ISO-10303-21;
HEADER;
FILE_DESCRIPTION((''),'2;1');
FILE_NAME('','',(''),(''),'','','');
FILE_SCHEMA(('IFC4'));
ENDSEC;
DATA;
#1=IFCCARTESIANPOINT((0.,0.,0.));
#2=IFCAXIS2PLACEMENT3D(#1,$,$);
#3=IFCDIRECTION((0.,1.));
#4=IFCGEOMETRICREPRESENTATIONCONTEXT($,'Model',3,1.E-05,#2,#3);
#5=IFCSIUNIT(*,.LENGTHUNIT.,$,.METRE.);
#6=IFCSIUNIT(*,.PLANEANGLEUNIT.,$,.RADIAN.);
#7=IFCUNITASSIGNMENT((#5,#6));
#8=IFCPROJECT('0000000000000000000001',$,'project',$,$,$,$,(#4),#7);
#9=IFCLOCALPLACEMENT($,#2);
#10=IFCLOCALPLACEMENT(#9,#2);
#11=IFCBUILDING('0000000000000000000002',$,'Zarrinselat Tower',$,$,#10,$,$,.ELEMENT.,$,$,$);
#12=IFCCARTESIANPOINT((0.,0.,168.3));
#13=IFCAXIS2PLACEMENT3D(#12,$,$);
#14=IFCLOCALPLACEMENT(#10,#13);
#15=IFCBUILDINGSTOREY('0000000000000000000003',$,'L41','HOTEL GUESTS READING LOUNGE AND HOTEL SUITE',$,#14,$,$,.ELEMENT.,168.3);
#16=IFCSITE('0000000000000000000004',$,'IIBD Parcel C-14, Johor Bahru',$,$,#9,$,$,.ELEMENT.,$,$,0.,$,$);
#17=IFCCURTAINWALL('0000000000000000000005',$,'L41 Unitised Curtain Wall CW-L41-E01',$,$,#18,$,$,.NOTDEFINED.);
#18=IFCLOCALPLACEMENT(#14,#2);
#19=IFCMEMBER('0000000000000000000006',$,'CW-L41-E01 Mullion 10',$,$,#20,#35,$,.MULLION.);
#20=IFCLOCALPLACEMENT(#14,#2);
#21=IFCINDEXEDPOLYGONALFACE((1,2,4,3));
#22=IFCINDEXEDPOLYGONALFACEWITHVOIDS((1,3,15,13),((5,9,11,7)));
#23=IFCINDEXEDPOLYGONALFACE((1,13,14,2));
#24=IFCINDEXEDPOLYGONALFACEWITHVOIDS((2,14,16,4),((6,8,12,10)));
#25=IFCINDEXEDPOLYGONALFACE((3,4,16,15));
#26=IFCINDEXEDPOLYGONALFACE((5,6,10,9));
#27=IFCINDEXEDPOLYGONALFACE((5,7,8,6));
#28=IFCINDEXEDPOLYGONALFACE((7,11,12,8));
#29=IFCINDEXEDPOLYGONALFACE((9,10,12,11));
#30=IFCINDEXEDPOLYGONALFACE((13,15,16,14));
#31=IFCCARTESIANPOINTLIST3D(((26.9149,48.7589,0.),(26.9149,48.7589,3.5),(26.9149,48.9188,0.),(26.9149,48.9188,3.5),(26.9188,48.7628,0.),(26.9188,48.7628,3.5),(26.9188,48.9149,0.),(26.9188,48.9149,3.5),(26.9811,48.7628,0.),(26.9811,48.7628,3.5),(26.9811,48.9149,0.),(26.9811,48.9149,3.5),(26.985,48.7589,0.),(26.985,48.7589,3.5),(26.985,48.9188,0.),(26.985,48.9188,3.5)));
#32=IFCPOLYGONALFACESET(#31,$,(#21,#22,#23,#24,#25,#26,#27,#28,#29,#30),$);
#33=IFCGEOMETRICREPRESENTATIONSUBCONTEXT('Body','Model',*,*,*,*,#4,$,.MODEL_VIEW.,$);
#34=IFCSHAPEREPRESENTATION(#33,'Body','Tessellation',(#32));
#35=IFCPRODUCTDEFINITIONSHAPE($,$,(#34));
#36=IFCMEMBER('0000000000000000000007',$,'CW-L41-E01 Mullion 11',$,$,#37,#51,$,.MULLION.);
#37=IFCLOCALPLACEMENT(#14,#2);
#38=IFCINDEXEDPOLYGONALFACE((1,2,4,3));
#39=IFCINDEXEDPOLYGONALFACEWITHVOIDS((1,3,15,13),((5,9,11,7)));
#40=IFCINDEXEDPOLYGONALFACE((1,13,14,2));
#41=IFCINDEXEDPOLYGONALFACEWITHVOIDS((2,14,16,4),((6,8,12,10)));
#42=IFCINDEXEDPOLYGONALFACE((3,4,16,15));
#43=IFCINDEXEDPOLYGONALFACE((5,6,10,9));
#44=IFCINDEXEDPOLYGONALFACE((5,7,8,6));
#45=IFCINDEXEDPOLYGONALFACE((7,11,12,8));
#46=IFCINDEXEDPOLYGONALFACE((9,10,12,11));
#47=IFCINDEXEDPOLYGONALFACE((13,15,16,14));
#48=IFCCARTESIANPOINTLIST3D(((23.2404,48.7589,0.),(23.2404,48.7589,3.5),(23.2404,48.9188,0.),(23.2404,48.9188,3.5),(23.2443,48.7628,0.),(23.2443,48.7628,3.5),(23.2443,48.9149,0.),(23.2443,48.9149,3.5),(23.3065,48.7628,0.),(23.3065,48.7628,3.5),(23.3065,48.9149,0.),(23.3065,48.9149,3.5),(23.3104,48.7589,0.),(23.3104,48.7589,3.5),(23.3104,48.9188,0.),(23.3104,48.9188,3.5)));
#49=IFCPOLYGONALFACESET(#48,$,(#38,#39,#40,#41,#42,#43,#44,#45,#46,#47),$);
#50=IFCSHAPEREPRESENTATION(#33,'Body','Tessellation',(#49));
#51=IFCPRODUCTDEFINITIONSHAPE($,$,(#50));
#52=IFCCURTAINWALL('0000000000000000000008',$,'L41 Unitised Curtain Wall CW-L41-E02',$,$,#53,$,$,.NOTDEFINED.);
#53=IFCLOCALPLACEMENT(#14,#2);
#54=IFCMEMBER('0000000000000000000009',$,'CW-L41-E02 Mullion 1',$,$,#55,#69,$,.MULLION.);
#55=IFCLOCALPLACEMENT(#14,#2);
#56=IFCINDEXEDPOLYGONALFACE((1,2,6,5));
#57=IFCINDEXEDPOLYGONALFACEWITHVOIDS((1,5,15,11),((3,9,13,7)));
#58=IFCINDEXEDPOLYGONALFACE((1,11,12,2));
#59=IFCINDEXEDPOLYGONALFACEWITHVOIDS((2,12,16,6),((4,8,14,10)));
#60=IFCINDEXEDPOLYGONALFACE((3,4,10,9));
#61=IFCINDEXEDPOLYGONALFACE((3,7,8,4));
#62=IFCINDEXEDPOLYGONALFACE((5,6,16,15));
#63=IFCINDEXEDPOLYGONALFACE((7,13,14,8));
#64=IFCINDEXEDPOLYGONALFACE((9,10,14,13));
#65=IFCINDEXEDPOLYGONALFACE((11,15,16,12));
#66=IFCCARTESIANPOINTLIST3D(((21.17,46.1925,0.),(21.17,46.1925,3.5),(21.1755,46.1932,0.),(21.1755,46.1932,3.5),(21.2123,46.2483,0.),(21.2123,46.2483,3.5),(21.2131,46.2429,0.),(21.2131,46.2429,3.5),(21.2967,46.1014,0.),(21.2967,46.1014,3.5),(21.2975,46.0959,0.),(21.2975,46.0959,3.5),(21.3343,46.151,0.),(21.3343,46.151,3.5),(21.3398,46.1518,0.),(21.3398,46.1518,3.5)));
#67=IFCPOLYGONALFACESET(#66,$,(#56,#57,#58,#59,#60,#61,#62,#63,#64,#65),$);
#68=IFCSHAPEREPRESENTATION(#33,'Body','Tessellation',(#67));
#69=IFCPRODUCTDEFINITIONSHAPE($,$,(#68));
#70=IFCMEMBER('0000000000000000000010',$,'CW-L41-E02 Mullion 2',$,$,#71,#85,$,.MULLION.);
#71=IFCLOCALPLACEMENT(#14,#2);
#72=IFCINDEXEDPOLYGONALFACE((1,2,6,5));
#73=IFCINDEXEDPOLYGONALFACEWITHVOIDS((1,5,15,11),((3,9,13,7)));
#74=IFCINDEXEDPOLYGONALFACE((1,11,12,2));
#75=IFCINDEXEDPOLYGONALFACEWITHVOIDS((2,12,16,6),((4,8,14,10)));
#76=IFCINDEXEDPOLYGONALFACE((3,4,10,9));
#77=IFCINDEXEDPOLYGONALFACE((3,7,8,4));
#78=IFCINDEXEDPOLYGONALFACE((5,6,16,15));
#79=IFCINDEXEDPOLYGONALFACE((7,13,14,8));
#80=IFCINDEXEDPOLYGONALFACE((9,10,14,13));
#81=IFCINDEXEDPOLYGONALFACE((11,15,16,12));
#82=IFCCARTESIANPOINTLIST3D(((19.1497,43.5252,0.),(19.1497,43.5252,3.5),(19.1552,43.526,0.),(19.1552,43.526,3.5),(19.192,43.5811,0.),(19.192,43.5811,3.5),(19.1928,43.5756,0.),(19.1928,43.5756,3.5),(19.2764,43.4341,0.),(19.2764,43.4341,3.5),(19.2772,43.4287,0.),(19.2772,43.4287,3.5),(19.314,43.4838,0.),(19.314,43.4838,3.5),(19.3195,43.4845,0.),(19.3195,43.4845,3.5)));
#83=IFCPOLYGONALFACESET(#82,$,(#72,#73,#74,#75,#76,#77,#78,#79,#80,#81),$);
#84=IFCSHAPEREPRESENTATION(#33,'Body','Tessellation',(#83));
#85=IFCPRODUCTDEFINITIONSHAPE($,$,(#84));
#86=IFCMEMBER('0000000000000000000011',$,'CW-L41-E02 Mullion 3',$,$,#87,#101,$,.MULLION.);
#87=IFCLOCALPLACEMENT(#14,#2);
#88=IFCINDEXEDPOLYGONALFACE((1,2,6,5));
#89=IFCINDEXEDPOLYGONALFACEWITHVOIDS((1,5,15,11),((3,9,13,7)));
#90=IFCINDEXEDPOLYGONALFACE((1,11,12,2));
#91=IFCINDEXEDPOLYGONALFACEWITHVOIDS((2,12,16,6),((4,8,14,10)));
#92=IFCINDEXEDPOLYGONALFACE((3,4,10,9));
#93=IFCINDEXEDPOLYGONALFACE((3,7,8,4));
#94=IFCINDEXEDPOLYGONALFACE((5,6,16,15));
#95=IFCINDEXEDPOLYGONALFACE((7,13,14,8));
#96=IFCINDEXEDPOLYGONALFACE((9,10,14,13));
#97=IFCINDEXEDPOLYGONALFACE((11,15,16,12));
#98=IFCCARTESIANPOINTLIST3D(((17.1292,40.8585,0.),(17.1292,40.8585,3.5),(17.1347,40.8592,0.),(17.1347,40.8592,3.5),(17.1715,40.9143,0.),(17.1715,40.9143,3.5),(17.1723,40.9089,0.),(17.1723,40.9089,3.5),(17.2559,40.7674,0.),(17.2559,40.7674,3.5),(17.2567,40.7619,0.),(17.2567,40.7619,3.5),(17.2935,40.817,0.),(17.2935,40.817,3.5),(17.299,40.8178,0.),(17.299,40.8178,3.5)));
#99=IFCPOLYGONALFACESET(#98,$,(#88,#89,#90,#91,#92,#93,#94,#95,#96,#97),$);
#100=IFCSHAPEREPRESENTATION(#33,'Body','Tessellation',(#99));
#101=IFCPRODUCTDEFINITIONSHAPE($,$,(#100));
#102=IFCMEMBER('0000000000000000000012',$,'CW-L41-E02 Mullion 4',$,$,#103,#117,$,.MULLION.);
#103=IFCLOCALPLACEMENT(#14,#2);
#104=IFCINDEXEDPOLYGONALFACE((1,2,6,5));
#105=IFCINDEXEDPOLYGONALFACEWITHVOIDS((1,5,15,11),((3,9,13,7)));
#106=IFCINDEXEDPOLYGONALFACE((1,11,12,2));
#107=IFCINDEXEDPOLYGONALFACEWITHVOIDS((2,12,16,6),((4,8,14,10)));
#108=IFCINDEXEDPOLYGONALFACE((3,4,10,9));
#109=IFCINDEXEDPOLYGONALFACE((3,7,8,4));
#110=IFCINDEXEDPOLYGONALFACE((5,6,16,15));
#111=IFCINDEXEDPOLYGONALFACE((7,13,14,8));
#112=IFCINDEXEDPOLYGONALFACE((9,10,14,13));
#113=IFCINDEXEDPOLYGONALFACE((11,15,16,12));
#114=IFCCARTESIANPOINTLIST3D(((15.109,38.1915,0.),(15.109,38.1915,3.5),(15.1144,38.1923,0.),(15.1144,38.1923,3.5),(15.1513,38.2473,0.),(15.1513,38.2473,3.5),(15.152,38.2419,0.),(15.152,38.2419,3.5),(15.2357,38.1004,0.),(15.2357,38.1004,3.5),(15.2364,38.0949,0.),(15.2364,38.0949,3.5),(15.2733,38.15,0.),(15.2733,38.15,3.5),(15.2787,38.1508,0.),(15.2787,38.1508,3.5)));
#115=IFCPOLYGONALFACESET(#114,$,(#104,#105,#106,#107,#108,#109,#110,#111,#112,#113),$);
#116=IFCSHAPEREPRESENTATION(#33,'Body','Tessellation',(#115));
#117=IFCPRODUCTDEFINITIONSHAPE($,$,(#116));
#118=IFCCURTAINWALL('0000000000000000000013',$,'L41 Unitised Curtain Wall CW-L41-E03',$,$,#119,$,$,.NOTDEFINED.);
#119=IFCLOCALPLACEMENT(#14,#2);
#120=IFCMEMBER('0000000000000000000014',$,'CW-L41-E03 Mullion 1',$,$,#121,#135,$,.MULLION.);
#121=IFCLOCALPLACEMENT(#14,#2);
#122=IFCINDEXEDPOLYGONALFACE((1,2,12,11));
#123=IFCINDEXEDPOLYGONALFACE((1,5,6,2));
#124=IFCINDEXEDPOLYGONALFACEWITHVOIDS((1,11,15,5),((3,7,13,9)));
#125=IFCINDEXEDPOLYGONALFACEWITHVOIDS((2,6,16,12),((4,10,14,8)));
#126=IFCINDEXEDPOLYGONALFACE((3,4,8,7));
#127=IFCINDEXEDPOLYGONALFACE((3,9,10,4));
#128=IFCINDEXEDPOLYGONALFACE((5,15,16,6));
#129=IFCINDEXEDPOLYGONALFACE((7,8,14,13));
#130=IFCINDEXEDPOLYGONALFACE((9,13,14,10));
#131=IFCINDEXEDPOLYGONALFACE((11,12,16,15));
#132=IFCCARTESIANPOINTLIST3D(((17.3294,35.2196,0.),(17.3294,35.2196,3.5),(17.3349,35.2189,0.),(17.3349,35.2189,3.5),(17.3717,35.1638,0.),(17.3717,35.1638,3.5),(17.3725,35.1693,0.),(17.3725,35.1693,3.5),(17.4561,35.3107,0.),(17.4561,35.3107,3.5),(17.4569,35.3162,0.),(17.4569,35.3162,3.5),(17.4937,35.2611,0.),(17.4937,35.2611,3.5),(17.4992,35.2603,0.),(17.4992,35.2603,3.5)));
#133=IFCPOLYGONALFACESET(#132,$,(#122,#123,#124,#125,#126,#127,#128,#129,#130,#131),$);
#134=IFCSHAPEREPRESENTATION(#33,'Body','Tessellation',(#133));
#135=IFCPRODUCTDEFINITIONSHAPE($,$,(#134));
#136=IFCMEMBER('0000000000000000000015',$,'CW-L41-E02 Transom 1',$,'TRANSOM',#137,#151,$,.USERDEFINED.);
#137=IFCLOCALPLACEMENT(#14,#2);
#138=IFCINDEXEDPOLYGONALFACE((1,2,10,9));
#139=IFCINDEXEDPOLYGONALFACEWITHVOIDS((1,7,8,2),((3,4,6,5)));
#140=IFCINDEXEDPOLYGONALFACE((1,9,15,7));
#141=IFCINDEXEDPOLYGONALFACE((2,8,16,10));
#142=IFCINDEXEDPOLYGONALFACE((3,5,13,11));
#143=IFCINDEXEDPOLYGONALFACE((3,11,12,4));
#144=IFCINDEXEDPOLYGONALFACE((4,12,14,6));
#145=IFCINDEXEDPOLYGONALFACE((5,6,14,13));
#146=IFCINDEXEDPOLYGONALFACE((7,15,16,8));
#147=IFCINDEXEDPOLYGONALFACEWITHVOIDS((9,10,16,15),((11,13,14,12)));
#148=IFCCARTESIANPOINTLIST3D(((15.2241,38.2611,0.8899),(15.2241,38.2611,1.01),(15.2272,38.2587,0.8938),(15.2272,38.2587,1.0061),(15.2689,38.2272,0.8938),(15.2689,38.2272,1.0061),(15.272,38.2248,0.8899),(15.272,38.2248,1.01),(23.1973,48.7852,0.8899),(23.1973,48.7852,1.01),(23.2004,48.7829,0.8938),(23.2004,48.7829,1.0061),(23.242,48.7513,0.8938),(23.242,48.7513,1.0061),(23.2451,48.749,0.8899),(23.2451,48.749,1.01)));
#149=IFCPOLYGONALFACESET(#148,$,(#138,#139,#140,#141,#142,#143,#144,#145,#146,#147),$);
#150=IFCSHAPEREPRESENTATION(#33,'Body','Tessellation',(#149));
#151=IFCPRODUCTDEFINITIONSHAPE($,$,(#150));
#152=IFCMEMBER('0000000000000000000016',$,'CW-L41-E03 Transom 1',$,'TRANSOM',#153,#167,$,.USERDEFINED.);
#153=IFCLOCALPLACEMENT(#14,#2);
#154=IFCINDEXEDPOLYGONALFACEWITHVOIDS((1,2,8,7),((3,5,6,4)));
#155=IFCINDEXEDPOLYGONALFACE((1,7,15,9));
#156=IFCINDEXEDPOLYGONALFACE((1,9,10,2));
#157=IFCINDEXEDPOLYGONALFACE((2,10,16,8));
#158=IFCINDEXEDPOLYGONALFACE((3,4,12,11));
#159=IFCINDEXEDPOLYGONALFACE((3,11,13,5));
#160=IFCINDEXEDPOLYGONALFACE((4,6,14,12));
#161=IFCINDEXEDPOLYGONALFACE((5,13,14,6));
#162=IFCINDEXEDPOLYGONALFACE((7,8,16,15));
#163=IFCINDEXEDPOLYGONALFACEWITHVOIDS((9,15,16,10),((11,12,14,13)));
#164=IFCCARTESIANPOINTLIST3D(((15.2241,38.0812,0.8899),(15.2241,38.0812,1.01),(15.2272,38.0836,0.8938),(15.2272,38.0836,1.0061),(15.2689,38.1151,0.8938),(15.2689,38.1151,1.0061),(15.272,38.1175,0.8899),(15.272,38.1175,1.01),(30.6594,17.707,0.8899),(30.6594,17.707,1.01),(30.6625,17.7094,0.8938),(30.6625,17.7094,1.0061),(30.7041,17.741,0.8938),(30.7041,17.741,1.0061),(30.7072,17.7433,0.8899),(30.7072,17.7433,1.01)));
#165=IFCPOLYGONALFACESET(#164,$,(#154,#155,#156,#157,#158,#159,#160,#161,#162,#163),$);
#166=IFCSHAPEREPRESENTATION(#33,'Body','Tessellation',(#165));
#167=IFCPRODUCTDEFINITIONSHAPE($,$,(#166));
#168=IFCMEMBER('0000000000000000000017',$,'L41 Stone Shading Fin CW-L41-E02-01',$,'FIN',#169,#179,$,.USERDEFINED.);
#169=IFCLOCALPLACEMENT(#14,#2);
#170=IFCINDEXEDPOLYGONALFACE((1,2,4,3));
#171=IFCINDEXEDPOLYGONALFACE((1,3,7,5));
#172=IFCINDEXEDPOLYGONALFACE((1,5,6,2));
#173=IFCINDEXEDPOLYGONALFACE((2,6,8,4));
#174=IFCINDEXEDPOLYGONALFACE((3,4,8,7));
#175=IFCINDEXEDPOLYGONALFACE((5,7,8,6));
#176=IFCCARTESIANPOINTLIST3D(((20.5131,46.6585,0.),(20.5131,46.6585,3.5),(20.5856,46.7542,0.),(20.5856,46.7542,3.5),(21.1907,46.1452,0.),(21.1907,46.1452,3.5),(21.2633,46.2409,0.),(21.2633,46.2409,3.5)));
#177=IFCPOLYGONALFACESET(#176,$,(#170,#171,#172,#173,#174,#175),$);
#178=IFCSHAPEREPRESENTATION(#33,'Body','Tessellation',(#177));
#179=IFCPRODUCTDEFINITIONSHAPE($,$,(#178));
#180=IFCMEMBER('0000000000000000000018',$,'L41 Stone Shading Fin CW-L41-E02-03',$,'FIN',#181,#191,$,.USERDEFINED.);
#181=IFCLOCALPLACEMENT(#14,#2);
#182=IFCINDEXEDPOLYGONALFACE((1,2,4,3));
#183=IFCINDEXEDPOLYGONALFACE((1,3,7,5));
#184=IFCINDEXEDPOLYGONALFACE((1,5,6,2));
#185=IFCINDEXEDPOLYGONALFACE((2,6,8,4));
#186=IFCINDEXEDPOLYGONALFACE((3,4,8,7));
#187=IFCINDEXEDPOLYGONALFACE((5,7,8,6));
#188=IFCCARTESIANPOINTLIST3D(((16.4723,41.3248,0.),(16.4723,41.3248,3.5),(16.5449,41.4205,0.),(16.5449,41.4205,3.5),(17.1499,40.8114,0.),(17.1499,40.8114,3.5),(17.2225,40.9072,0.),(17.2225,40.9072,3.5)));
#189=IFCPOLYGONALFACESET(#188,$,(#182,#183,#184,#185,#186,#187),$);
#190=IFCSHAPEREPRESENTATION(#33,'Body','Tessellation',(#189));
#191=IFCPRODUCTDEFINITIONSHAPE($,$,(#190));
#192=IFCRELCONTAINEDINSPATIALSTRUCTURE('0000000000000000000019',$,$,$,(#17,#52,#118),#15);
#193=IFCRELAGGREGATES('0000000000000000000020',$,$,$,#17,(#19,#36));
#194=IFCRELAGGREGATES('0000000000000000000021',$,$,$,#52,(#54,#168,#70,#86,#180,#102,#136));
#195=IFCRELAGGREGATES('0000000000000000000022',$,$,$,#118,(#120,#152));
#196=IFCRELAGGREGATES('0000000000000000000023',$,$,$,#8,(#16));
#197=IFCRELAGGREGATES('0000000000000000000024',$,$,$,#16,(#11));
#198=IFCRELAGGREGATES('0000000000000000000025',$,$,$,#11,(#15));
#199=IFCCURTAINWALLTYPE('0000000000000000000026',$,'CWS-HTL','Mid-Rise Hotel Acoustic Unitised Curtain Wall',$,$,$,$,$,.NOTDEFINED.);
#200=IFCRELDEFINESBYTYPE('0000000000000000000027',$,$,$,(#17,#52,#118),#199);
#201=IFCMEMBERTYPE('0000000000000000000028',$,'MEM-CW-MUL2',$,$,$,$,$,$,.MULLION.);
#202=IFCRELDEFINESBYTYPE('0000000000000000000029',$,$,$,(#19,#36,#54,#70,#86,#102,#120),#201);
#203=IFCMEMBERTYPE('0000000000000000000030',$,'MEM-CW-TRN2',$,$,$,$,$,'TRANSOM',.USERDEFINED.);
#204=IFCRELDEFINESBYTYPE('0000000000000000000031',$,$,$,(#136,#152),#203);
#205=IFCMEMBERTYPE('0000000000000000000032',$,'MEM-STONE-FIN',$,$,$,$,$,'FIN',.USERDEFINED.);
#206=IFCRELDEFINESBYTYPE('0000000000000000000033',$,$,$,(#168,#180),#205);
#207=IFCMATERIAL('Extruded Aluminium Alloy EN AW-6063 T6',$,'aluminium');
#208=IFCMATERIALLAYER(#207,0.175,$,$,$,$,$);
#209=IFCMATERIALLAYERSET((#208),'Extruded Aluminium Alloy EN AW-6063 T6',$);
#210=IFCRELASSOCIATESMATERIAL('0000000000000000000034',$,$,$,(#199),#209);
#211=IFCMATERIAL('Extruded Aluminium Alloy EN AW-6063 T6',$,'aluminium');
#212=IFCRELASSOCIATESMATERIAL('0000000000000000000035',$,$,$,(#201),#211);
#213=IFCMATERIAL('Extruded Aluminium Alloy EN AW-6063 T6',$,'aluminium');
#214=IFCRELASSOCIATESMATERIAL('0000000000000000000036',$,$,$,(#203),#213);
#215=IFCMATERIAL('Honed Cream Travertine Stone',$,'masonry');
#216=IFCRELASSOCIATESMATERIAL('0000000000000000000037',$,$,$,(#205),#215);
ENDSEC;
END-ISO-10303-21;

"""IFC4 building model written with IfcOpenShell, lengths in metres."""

from ifc_helpers import new_model, si_unit, direction, frame, origin, origin_2d, place, context, subcontext, project, spatial, rectangle, hollow_rectangle, extrude, material, layer, layer_set, material_profile, profile_set, type_object, element, aggregate, save


model = new_model("IFC4")

# Units and contexts
model_context = context("Model", 3, precision=1e-05, world=origin(), true_north=direction((0.0, 1.0)))
body_context = subcontext(model_context, "Body", "Model", "MODEL_VIEW")
ifc_project = project(units=[si_unit("LENGTHUNIT", "METRE"), si_unit("PLANEANGLEUNIT", "RADIAN")], contexts=[model_context])

# Site, building, storey
site_placement = place(None, origin())
site = spatial("IfcSite", under=ifc_project, at=site_placement, Name="IIBD Parcel C-14, Johor Bahru", CompositionType="ELEMENT", RefElevation=0.0)
building_placement = place(site_placement, origin())
building = spatial("IfcBuilding", under=site, at=building_placement, Name="Zarrinselat Tower", CompositionType="ELEMENT")
storey_placement = place(building_placement, frame((0.0, 0.0, 168.3)))
storey = spatial("IfcBuildingStorey", under=building, at=storey_placement, Name="L41", Description="HOTEL GUESTS READING LOUNGE AND HOTEL SUITE", CompositionType="ELEMENT", Elevation=168.3)

# Curtain walls, members
ifc_material_1 = material(Name="Extruded Aluminium Alloy EN AW-6063 T6", Category="aluminium")
ifc_layer_1 = layer(ifc_material_1, 0.175)
ifc_layer_set_1 = layer_set([ifc_layer_1], Name="Extruded Aluminium Alloy EN AW-6063 T6")
curtain_wall_type = type_object("IfcCurtainWallType", Name="CWS-HTL", Description="Mid-Rise Hotel Acoustic Unitised Curtain Wall", PredefinedType="NOTDEFINED", material=ifc_layer_set_1)
curtain_wall_1_placement = place(storey_placement, origin())
curtain_wall_1 = element("IfcCurtainWall", 1, at=curtain_wall_1_placement, inside=storey, type_object=curtain_wall_type, Name="L41 Unitised Curtain Wall CW-L41-E01", PredefinedType="NOTDEFINED")
ifc_material_2 = material(Name="Extruded Aluminium Alloy EN AW-6063 T6", Category="aluminium")
ifc_material_profile_1 = material_profile(ifc_material_2, hollow_rectangle(XDim=0.0701, YDim=0.1599, WallThickness=0.0039, at=origin_2d()), Name="RHS 160x70x4")
ifc_profile_set_1 = profile_set([ifc_material_profile_1], Name="Extruded Aluminium Alloy EN AW-6063 T6")
member_type_1 = type_object("IfcMemberType", Name="MEM-CW-MUL2", PredefinedType="MULLION", material=ifc_profile_set_1)
member_1_placement = place(storey_placement, frame((26.95, 48.8389, 0.0), z_axis=(0.0, 0.0, 1.0), x_axis=(-1.0, 0.0, 0.0)))
member_1 = element("IfcMember", 2, at=member_1_placement, type_object=member_type_1, Name="CW-L41-E01 Mullion 10", PredefinedType="MULLION", context=body_context, shape_type="SweptSolid", body=[
    extrude(hollow_rectangle(XDim=0.0701, YDim=0.1599, WallThickness=0.0039, at=origin_2d()), origin(), (0.0, 0.0, 1.0), 3.5),
])
member_2_placement = place(storey_placement, frame((23.2754, 48.8389, 0.0), z_axis=(0.0, 0.0, 1.0), x_axis=(-1.0, 0.0, 0.0)))
member_2 = element("IfcMember", 3, at=member_2_placement, type_object=member_type_1, Name="CW-L41-E01 Mullion 11", PredefinedType="MULLION", context=body_context, shape_type="SweptSolid", body=[
    extrude(hollow_rectangle(XDim=0.0701, YDim=0.1599, WallThickness=0.0039, at=origin_2d()), origin(), (0.0, 0.0, 1.0), 3.5),
])
curtain_wall_2_placement = place(storey_placement, origin())
curtain_wall_2 = element("IfcCurtainWall", 4, at=curtain_wall_2_placement, inside=storey, type_object=curtain_wall_type, Name="L41 Unitised Curtain Wall CW-L41-E02", PredefinedType="NOTDEFINED")
member_3_placement = place(storey_placement, frame((21.2549, 46.1721, 0.0), z_axis=(0.0, 0.0, 1.0), x_axis=(-0.603855, -0.797095, 0.0)))
member_3 = element("IfcMember", 5, at=member_3_placement, type_object=member_type_1, Name="CW-L41-E02 Mullion 1", PredefinedType="MULLION", context=body_context, shape_type="SweptSolid", body=[
    extrude(hollow_rectangle(XDim=0.0701, YDim=0.1599, WallThickness=0.0039, at=origin_2d()), origin(), (0.0, 0.0, 1.0), 3.5),
])
member_4_placement = place(storey_placement, frame((19.2346, 43.5049, 0.0), z_axis=(0.0, 0.0, 1.0), x_axis=(-0.603855, -0.797095, 0.0)))
member_4 = element("IfcMember", 6, at=member_4_placement, type_object=member_type_1, Name="CW-L41-E02 Mullion 2", PredefinedType="MULLION", context=body_context, shape_type="SweptSolid", body=[
    extrude(hollow_rectangle(XDim=0.0701, YDim=0.1599, WallThickness=0.0039, at=origin_2d()), origin(), (0.0, 0.0, 1.0), 3.5),
])
member_5_placement = place(storey_placement, frame((17.2141, 40.8381, 0.0), z_axis=(0.0, 0.0, 1.0), x_axis=(-0.603855, -0.797095, 0.0)))
member_5 = element("IfcMember", 7, at=member_5_placement, type_object=member_type_1, Name="CW-L41-E02 Mullion 3", PredefinedType="MULLION", context=body_context, shape_type="SweptSolid", body=[
    extrude(hollow_rectangle(XDim=0.0701, YDim=0.1599, WallThickness=0.0039, at=origin_2d()), origin(), (0.0, 0.0, 1.0), 3.5),
])
member_6_placement = place(storey_placement, frame((15.1938, 38.1711, 0.0), z_axis=(0.0, 0.0, 1.0), x_axis=(-0.603855, -0.797095, 0.0)))
member_6 = element("IfcMember", 8, at=member_6_placement, type_object=member_type_1, Name="CW-L41-E02 Mullion 4", PredefinedType="MULLION", context=body_context, shape_type="SweptSolid", body=[
    extrude(hollow_rectangle(XDim=0.0701, YDim=0.1599, WallThickness=0.0039, at=origin_2d()), origin(), (0.0, 0.0, 1.0), 3.5),
])

# Curtain wall, member
curtain_wall_3_placement = place(storey_placement, origin())
curtain_wall_3 = element("IfcCurtainWall", 9, at=curtain_wall_3_placement, inside=storey, type_object=curtain_wall_type, Name="L41 Unitised Curtain Wall CW-L41-E03", PredefinedType="NOTDEFINED")
member_7_placement = place(storey_placement, frame((17.4143, 35.24, 0.0), z_axis=(0.0, 0.0, 1.0), x_axis=(0.603858, -0.797092, 0.0)))
member_7 = element("IfcMember", 10, at=member_7_placement, type_object=member_type_1, Name="CW-L41-E03 Mullion 1", PredefinedType="MULLION", context=body_context, shape_type="SweptSolid", body=[
    extrude(hollow_rectangle(XDim=0.0701, YDim=0.1599, WallThickness=0.0039, at=origin_2d()), origin(), (0.0, 0.0, 1.0), 3.5),
])

# Members
ifc_material_3 = material(Name="Extruded Aluminium Alloy EN AW-6063 T6", Category="aluminium")
ifc_material_profile_2 = material_profile(ifc_material_3, hollow_rectangle(XDim=0.0601, YDim=0.1201, WallThickness=0.0039, at=origin_2d()), Name="RHS 120x60x4")
ifc_profile_set_2 = profile_set([ifc_material_profile_2], Name="Extruded Aluminium Alloy EN AW-6063 T6")
member_type_2 = type_object("IfcMemberType", Name="MEM-CW-TRN2", ElementType="TRANSOM", PredefinedType="USERDEFINED", material=ifc_profile_set_2)
member_8_placement = place(storey_placement, frame((23.2212, 48.7671, 0.95), z_axis=(-0.603872, -0.797082, 0.0), x_axis=(0.797082, -0.603872, 0.0)))
member_8 = element("IfcMember", 11, at=member_8_placement, type_object=member_type_2, Name="CW-L41-E02 Transom 1", ObjectType="TRANSOM", PredefinedType="USERDEFINED", context=body_context, shape_type="SweptSolid", body=[
    extrude(hollow_rectangle(XDim=0.0601, YDim=0.1201, WallThickness=0.0039, at=origin_2d()), origin(), (0.0, 0.0, 1.0), 13.2034),
])
member_9_placement = place(storey_placement, frame((15.248, 38.0994, 0.95), z_axis=(0.603864, -0.797087, 0.0), x_axis=(0.797087, 0.603864, 0.0)))
member_9 = element("IfcMember", 12, at=member_9_placement, type_object=member_type_2, Name="CW-L41-E03 Transom 1", ObjectType="TRANSOM", PredefinedType="USERDEFINED", context=body_context, shape_type="SweptSolid", body=[
    extrude(hollow_rectangle(XDim=0.0601, YDim=0.1201, WallThickness=0.0039, at=origin_2d()), origin(), (0.0, 0.0, 1.0), 25.5608),
])
ifc_material_4 = material(Name="Honed Cream Travertine Stone", Category="masonry")
ifc_material_profile_3 = material_profile(ifc_material_4, rectangle(XDim=0.1201, YDim=0.8501, at=origin_2d()), Name="FIN 850x120")
ifc_profile_set_3 = profile_set([ifc_material_profile_3], Name="Honed Cream Travertine Stone")
member_type_3 = type_object("IfcMemberType", Name="MEM-STONE-FIN", ElementType="FIN", PredefinedType="USERDEFINED", material=ifc_profile_set_3)
member_10_placement = place(storey_placement, frame((20.8882, 46.4497, 0.0), z_axis=(0.0, 0.0, 1.0), x_axis=(0.603855, 0.797095, 0.0)))
member_10 = element("IfcMember", 13, at=member_10_placement, type_object=member_type_3, Name="L41 Stone Shading Fin CW-L41-E02-01", ObjectType="FIN", PredefinedType="USERDEFINED", context=body_context, shape_type="SweptSolid", body=[
    extrude(rectangle(XDim=0.1201, YDim=0.8501, at=origin_2d()), origin(), (0.0, 0.0, 1.0), 3.5),
])
member_11_placement = place(storey_placement, frame((16.8474, 41.116, 0.0), z_axis=(0.0, 0.0, 1.0), x_axis=(0.603855, 0.797095, 0.0)))
member_11 = element("IfcMember", 14, at=member_11_placement, type_object=member_type_3, Name="L41 Stone Shading Fin CW-L41-E02-03", ObjectType="FIN", PredefinedType="USERDEFINED", context=body_context, shape_type="SweptSolid", body=[
    extrude(rectangle(XDim=0.1201, YDim=0.8501, at=origin_2d()), origin(), (0.0, 0.0, 1.0), 3.5),
])

aggregate(curtain_wall_1, [member_1, member_2])
aggregate(curtain_wall_2, [member_3, member_10, member_4, member_5, member_11, member_6, member_8])
aggregate(curtain_wall_3, [member_7, member_9])

save(model, "model.ifc")
